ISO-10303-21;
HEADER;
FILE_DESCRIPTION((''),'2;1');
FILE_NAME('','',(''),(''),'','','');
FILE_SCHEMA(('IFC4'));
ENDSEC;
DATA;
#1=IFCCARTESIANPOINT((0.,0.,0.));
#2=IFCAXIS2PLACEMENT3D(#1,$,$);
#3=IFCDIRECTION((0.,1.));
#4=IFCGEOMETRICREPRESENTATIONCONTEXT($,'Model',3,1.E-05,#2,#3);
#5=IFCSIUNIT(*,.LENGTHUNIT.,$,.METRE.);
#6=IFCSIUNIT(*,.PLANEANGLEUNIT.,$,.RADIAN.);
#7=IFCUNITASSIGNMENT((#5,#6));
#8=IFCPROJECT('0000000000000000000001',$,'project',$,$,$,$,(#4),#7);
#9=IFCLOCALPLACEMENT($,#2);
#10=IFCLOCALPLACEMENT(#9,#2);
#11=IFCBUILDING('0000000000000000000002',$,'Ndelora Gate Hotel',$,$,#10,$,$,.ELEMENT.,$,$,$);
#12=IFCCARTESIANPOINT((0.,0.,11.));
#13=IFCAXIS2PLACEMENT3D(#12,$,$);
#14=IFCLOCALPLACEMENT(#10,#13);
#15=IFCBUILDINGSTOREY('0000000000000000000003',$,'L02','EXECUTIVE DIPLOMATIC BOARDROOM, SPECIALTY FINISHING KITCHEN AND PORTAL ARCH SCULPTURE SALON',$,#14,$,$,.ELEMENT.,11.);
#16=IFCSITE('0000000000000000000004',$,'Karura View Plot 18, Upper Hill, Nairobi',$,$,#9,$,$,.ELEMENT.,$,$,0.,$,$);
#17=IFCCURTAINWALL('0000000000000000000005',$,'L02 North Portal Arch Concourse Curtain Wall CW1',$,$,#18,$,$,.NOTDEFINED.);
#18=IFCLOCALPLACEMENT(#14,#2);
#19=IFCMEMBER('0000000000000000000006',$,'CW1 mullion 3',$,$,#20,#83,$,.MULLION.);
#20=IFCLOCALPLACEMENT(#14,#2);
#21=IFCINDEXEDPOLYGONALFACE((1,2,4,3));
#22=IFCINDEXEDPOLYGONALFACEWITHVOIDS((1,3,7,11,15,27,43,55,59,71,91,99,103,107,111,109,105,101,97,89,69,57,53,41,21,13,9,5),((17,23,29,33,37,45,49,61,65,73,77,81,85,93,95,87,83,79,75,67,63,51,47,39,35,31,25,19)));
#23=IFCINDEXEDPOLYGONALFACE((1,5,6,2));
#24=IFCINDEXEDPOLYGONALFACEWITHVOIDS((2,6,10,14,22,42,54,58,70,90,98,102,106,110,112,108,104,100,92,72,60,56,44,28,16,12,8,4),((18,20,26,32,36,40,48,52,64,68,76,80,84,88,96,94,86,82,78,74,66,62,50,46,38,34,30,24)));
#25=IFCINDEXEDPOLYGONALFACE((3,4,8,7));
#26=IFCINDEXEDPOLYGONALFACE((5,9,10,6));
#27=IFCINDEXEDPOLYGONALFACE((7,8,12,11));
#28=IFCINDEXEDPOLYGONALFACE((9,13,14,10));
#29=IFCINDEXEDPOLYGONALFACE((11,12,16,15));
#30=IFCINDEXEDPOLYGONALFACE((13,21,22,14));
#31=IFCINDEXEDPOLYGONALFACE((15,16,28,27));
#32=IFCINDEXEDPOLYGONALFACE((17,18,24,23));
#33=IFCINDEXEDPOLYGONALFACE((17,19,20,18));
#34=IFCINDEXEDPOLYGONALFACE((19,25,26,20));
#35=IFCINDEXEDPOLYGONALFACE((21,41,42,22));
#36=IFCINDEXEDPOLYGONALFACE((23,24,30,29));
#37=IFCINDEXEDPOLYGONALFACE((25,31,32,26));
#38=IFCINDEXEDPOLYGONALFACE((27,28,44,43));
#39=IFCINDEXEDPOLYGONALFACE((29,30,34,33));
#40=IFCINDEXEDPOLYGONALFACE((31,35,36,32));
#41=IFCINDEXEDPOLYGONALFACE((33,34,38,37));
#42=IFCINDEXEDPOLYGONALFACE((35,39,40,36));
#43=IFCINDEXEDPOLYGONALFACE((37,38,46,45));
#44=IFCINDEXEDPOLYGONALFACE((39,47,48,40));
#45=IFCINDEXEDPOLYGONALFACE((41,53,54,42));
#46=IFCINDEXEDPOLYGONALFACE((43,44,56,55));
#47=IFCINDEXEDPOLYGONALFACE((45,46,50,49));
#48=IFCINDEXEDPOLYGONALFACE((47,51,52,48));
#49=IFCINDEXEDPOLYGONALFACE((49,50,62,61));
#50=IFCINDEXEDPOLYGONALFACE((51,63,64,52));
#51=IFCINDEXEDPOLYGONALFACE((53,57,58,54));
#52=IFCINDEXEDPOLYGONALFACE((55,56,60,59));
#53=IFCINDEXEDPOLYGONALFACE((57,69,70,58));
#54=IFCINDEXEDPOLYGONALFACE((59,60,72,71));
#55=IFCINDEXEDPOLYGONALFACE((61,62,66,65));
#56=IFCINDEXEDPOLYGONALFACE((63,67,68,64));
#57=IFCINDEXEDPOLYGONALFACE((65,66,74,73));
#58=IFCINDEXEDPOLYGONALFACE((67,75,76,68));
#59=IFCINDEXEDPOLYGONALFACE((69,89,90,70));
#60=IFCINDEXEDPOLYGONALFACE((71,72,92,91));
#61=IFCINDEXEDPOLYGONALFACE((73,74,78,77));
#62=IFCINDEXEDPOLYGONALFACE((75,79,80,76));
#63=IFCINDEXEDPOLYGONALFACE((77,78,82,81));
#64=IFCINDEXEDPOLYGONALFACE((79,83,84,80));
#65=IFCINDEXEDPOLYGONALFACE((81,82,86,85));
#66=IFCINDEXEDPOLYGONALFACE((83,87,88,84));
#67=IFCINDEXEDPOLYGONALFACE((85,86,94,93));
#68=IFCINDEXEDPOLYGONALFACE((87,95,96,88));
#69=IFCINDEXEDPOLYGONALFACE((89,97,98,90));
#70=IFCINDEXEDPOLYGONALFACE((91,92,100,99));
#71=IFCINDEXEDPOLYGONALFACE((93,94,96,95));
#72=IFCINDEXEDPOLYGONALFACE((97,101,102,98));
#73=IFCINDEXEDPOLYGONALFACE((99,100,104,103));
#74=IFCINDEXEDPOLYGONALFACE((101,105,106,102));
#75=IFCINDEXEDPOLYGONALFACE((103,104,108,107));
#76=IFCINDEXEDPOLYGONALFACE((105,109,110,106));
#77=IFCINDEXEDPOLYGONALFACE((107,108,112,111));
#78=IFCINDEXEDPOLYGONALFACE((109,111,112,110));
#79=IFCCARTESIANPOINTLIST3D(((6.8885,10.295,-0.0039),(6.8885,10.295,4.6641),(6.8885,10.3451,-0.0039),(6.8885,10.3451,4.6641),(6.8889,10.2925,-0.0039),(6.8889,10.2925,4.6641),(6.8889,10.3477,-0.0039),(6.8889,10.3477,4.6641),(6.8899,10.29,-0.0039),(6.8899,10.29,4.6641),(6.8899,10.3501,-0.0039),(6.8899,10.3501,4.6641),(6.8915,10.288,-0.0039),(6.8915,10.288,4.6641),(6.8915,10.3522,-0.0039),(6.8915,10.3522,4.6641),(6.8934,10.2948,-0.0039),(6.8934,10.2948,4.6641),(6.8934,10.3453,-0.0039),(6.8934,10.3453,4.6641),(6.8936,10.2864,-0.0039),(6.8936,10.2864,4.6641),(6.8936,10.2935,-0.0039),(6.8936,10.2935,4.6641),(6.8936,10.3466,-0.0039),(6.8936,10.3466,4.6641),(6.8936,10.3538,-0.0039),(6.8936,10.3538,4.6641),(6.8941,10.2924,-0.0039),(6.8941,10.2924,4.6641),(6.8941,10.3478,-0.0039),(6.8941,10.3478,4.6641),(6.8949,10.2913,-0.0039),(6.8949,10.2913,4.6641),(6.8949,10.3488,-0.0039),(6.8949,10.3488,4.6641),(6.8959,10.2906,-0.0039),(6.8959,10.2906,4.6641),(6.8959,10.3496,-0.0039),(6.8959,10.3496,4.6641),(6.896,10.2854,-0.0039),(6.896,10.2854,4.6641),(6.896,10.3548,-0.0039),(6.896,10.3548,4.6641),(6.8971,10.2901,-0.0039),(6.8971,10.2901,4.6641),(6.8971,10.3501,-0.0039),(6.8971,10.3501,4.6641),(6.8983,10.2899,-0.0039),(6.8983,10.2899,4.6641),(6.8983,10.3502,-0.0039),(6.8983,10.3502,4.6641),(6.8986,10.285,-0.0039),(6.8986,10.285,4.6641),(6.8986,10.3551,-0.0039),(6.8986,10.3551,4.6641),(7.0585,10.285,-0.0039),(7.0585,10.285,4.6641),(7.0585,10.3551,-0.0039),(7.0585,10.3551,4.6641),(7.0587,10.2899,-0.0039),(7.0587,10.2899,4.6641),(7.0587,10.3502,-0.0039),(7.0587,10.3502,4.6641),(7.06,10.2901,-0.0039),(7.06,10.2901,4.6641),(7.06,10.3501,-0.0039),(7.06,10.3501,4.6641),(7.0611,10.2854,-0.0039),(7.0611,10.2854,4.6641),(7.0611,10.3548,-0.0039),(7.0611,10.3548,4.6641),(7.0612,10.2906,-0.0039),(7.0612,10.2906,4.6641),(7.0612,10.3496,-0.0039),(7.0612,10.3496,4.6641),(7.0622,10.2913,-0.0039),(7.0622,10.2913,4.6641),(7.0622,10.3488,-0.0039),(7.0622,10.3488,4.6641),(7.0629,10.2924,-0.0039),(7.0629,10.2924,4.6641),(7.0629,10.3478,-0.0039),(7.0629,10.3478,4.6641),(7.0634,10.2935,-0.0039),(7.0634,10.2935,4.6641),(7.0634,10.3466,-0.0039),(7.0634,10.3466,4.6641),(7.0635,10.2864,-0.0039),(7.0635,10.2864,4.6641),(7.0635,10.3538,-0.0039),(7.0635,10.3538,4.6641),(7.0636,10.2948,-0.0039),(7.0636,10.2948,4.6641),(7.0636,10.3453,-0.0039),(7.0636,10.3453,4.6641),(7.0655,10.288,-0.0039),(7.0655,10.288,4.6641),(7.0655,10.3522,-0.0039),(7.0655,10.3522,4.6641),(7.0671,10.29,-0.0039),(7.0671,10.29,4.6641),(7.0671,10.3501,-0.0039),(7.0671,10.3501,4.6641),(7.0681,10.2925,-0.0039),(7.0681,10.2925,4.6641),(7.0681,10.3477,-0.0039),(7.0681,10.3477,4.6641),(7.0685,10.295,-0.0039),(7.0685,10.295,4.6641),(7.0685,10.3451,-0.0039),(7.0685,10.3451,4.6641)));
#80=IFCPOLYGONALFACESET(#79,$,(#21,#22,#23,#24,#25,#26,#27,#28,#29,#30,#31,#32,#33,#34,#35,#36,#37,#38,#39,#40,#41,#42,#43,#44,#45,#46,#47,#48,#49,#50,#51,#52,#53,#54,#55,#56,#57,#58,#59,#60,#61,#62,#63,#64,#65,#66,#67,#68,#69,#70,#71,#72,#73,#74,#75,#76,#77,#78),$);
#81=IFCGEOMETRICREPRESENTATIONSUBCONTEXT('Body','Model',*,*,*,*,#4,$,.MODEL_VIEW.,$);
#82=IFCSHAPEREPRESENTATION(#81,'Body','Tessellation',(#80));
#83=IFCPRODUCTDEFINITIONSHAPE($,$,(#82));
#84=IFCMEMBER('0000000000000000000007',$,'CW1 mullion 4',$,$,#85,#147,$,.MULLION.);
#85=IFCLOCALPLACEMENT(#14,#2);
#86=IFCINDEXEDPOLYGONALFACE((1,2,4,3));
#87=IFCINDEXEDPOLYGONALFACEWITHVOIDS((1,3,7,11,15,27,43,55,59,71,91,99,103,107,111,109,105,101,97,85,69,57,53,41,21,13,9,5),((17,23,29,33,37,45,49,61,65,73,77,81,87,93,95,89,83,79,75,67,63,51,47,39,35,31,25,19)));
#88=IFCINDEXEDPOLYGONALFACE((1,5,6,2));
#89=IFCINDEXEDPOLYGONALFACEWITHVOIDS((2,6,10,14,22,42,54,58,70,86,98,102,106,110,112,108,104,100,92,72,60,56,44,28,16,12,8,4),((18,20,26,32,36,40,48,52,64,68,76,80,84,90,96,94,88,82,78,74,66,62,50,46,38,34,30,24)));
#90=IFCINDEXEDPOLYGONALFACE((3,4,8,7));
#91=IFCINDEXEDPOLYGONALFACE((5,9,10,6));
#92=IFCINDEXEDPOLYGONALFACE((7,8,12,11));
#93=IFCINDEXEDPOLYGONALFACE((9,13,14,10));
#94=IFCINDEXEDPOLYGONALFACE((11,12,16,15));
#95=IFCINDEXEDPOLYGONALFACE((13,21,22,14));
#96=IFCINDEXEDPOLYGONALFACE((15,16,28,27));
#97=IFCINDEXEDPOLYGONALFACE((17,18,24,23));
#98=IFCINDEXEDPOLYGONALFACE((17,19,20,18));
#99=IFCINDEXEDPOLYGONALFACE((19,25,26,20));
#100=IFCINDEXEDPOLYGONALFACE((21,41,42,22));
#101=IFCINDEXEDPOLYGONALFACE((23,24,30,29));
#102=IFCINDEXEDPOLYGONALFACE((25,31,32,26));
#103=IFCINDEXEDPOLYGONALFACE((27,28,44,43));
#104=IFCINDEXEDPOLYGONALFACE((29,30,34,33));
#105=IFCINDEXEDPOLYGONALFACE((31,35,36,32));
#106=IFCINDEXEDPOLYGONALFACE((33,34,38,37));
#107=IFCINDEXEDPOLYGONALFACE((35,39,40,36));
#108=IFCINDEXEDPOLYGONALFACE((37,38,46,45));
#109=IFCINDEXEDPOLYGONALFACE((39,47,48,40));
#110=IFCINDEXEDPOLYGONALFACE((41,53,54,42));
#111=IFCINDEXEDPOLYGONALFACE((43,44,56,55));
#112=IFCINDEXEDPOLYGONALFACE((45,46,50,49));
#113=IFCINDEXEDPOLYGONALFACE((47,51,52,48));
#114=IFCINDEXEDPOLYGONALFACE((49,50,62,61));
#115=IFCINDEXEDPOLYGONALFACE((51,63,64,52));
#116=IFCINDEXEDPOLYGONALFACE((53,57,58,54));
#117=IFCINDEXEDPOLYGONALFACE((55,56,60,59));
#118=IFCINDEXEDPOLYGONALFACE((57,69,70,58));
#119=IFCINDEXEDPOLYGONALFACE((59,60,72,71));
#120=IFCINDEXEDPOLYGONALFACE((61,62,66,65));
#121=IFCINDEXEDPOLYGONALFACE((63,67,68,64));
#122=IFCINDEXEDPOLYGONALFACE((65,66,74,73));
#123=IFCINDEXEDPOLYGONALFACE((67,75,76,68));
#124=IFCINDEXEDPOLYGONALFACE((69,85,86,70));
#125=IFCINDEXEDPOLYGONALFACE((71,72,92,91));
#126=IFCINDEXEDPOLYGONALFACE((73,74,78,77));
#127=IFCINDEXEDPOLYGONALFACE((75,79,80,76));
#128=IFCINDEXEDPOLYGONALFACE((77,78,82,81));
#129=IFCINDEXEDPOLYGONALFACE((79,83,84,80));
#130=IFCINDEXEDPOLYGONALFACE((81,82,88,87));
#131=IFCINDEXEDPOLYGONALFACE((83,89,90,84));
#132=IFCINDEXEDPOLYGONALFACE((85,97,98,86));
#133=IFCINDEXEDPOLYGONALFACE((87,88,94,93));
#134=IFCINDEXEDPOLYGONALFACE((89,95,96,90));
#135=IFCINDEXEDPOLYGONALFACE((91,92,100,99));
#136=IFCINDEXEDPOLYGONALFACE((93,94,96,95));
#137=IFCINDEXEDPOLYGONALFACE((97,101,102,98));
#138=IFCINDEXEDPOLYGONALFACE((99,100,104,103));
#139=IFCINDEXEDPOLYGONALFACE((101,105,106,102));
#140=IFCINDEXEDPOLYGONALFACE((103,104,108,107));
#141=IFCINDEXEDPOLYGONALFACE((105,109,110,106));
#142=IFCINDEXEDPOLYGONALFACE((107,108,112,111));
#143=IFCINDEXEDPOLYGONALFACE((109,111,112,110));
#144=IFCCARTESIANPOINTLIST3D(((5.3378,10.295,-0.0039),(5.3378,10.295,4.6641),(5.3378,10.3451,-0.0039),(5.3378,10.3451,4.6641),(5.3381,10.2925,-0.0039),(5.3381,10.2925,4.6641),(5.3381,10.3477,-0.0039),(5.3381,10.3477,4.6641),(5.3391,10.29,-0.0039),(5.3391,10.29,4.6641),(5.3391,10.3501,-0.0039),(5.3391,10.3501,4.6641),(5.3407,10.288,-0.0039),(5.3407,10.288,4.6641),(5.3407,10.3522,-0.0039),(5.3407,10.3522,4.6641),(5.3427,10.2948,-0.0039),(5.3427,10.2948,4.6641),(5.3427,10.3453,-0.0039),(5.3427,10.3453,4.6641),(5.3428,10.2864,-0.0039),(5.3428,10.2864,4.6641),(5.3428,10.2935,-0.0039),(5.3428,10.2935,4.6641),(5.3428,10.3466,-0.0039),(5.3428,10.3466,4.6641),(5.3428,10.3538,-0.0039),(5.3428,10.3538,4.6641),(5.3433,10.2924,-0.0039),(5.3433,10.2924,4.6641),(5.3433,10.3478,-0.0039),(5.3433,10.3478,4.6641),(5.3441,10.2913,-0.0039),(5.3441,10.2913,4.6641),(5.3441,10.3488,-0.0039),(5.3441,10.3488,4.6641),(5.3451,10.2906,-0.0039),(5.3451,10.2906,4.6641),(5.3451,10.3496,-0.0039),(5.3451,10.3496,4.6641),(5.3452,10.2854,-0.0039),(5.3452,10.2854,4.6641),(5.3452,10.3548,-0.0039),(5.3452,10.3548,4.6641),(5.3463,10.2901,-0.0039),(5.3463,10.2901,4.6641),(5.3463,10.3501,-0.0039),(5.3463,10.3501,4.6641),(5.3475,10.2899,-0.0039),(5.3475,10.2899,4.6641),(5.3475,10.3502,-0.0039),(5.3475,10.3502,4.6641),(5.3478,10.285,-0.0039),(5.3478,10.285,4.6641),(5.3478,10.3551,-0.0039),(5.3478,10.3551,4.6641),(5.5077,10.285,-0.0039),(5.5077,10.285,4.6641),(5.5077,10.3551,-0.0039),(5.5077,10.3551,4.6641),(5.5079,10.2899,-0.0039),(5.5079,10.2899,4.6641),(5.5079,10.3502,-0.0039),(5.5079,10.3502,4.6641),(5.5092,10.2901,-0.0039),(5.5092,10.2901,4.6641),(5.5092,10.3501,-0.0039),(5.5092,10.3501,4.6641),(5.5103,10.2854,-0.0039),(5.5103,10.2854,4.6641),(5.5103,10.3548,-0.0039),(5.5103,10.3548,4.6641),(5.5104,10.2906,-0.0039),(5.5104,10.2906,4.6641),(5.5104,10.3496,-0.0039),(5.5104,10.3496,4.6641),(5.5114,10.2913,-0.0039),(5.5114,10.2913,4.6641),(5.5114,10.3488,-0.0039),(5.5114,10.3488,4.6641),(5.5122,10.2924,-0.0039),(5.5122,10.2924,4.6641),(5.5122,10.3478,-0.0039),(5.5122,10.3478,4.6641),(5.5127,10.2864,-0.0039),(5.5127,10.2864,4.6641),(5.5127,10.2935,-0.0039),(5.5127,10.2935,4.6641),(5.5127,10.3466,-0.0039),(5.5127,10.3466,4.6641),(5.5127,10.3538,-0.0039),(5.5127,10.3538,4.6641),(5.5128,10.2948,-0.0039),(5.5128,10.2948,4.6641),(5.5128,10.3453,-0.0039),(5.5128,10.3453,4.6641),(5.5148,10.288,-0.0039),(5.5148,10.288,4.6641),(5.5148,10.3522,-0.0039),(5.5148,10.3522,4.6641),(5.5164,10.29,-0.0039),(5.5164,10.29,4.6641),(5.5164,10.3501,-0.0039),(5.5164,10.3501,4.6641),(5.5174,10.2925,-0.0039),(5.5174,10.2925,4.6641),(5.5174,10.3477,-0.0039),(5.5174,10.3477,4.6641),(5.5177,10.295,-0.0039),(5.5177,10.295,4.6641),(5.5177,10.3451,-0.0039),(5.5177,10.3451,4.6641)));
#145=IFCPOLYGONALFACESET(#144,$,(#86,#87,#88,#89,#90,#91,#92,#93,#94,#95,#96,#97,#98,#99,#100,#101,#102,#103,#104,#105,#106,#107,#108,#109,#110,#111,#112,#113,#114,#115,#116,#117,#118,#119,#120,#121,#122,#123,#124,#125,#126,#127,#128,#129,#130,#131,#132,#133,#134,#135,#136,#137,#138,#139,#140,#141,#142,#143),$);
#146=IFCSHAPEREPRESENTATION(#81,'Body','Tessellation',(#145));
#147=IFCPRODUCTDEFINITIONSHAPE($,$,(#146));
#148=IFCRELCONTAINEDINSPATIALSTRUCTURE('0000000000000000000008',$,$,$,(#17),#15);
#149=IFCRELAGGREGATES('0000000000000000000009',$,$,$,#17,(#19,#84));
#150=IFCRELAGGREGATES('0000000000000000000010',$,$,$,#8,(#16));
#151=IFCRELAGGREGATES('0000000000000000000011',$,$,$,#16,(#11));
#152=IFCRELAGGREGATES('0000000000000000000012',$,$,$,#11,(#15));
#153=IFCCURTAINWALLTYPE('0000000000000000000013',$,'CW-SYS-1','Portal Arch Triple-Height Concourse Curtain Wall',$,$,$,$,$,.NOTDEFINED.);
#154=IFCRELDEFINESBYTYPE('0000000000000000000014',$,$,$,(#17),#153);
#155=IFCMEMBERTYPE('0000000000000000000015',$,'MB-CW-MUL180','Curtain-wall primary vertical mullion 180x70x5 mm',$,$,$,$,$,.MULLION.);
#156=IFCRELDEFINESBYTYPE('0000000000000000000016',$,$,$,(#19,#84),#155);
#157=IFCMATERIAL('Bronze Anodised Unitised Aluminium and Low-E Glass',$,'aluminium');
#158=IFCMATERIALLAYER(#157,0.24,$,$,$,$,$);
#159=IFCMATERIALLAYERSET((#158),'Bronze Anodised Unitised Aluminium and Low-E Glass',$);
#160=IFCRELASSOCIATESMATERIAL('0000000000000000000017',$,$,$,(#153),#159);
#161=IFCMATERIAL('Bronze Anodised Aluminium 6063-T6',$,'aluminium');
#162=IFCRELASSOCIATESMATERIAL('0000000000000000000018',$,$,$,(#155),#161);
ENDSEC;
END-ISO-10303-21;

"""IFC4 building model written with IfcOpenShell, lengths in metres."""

from ifc_helpers import new_model, si_unit, direction, frame, origin, origin_2d, place, context, subcontext, project, spatial, hollow_rectangle, extrude, material, layer, layer_set, material_profile, profile_set, type_object, element, aggregate, save


model = new_model("IFC4")

# Units and contexts
model_context = context("Model", 3, precision=1e-05, world=origin(), true_north=direction((0.0, 1.0)))
body_context = subcontext(model_context, "Body", "Model", "MODEL_VIEW")
ifc_project = project(units=[si_unit("LENGTHUNIT", "METRE"), si_unit("PLANEANGLEUNIT", "RADIAN")], contexts=[model_context])

# Site, building, storey
site_placement = place(None, origin())
site = spatial("IfcSite", under=ifc_project, at=site_placement, Name="Karura View Plot 18, Upper Hill, Nairobi", CompositionType="ELEMENT", RefElevation=0.0)
building_placement = place(site_placement, origin())
building = spatial("IfcBuilding", under=site, at=building_placement, Name="Ndelora Gate Hotel", CompositionType="ELEMENT")
storey_placement = place(building_placement, frame((0.0, 0.0, 11.0)))
storey = spatial("IfcBuildingStorey", under=building, at=storey_placement, Name="L02", Description="EXECUTIVE DIPLOMATIC BOARDROOM, SPECIALTY FINISHING KITCHEN AND PORTAL ARCH SCULPTURE SALON", CompositionType="ELEMENT", Elevation=11.0)

# Curtain wall, members
ifc_material_1 = material(Name="Bronze Anodised Unitised Aluminium and Low-E Glass", Category="aluminium")
ifc_layer_1 = layer(ifc_material_1, 0.24)
ifc_layer_set_1 = layer_set([ifc_layer_1], Name="Bronze Anodised Unitised Aluminium and Low-E Glass")
curtain_wall_type = type_object("IfcCurtainWallType", Name="CW-SYS-1", Description="Portal Arch Triple-Height Concourse Curtain Wall", PredefinedType="NOTDEFINED", material=ifc_layer_set_1)
curtain_wall_placement = place(storey_placement, origin())
curtain_wall = element("IfcCurtainWall", 1, at=curtain_wall_placement, inside=storey, type_object=curtain_wall_type, Name="L02 North Portal Arch Concourse Curtain Wall CW1", PredefinedType="NOTDEFINED")
ifc_material_2 = material(Name="Bronze Anodised Aluminium 6063-T6", Category="aluminium")
ifc_material_profile_1 = material_profile(ifc_material_2, hollow_rectangle(XDim=0.0701, YDim=0.1799, WallThickness=0.0049, InnerFilletRadius=0.0049, OuterFilletRadius=0.01, at=origin_2d()), Name="ALU 180x70x5")
ifc_profile_set_1 = profile_set([ifc_material_profile_1], Name="Bronze Anodised Aluminium 6063-T6")
member_type_1 = type_object("IfcMemberType", Name="MB-CW-MUL180", Description="Curtain-wall primary vertical mullion 180x70x5 mm", PredefinedType="MULLION", material=ifc_profile_set_1)
member_1_placement = place(storey_placement, frame((6.9785, 10.3201, -0.0039), z_axis=(0.0, 0.0, 1.0), x_axis=(0.0, -1.0, 0.0)))
member_1 = element("IfcMember", 2, at=member_1_placement, type_object=member_type_1, Name="CW1 mullion 3", PredefinedType="MULLION", context=body_context, shape_type="SweptSolid", body=[
    extrude(hollow_rectangle(XDim=0.0701, YDim=0.1799, WallThickness=0.0049, InnerFilletRadius=0.0049, OuterFilletRadius=0.01, at=origin_2d()), origin(), (0.0, 0.0, 1.0), 4.668),
])
member_2_placement = place(storey_placement, frame((5.4277, 10.3201, -0.0039), z_axis=(0.0, 0.0, 1.0), x_axis=(0.0, -1.0, 0.0)))
member_2 = element("IfcMember", 3, at=member_2_placement, type_object=member_type_1, Name="CW1 mullion 4", PredefinedType="MULLION", context=body_context, shape_type="SweptSolid", body=[
    extrude(hollow_rectangle(XDim=0.0701, YDim=0.1799, WallThickness=0.0049, InnerFilletRadius=0.0049, OuterFilletRadius=0.01, at=origin_2d()), origin(), (0.0, 0.0, 1.0), 4.668),
])
aggregate(curtain_wall, [member_1, member_2])

save(model, "model.ifc")
